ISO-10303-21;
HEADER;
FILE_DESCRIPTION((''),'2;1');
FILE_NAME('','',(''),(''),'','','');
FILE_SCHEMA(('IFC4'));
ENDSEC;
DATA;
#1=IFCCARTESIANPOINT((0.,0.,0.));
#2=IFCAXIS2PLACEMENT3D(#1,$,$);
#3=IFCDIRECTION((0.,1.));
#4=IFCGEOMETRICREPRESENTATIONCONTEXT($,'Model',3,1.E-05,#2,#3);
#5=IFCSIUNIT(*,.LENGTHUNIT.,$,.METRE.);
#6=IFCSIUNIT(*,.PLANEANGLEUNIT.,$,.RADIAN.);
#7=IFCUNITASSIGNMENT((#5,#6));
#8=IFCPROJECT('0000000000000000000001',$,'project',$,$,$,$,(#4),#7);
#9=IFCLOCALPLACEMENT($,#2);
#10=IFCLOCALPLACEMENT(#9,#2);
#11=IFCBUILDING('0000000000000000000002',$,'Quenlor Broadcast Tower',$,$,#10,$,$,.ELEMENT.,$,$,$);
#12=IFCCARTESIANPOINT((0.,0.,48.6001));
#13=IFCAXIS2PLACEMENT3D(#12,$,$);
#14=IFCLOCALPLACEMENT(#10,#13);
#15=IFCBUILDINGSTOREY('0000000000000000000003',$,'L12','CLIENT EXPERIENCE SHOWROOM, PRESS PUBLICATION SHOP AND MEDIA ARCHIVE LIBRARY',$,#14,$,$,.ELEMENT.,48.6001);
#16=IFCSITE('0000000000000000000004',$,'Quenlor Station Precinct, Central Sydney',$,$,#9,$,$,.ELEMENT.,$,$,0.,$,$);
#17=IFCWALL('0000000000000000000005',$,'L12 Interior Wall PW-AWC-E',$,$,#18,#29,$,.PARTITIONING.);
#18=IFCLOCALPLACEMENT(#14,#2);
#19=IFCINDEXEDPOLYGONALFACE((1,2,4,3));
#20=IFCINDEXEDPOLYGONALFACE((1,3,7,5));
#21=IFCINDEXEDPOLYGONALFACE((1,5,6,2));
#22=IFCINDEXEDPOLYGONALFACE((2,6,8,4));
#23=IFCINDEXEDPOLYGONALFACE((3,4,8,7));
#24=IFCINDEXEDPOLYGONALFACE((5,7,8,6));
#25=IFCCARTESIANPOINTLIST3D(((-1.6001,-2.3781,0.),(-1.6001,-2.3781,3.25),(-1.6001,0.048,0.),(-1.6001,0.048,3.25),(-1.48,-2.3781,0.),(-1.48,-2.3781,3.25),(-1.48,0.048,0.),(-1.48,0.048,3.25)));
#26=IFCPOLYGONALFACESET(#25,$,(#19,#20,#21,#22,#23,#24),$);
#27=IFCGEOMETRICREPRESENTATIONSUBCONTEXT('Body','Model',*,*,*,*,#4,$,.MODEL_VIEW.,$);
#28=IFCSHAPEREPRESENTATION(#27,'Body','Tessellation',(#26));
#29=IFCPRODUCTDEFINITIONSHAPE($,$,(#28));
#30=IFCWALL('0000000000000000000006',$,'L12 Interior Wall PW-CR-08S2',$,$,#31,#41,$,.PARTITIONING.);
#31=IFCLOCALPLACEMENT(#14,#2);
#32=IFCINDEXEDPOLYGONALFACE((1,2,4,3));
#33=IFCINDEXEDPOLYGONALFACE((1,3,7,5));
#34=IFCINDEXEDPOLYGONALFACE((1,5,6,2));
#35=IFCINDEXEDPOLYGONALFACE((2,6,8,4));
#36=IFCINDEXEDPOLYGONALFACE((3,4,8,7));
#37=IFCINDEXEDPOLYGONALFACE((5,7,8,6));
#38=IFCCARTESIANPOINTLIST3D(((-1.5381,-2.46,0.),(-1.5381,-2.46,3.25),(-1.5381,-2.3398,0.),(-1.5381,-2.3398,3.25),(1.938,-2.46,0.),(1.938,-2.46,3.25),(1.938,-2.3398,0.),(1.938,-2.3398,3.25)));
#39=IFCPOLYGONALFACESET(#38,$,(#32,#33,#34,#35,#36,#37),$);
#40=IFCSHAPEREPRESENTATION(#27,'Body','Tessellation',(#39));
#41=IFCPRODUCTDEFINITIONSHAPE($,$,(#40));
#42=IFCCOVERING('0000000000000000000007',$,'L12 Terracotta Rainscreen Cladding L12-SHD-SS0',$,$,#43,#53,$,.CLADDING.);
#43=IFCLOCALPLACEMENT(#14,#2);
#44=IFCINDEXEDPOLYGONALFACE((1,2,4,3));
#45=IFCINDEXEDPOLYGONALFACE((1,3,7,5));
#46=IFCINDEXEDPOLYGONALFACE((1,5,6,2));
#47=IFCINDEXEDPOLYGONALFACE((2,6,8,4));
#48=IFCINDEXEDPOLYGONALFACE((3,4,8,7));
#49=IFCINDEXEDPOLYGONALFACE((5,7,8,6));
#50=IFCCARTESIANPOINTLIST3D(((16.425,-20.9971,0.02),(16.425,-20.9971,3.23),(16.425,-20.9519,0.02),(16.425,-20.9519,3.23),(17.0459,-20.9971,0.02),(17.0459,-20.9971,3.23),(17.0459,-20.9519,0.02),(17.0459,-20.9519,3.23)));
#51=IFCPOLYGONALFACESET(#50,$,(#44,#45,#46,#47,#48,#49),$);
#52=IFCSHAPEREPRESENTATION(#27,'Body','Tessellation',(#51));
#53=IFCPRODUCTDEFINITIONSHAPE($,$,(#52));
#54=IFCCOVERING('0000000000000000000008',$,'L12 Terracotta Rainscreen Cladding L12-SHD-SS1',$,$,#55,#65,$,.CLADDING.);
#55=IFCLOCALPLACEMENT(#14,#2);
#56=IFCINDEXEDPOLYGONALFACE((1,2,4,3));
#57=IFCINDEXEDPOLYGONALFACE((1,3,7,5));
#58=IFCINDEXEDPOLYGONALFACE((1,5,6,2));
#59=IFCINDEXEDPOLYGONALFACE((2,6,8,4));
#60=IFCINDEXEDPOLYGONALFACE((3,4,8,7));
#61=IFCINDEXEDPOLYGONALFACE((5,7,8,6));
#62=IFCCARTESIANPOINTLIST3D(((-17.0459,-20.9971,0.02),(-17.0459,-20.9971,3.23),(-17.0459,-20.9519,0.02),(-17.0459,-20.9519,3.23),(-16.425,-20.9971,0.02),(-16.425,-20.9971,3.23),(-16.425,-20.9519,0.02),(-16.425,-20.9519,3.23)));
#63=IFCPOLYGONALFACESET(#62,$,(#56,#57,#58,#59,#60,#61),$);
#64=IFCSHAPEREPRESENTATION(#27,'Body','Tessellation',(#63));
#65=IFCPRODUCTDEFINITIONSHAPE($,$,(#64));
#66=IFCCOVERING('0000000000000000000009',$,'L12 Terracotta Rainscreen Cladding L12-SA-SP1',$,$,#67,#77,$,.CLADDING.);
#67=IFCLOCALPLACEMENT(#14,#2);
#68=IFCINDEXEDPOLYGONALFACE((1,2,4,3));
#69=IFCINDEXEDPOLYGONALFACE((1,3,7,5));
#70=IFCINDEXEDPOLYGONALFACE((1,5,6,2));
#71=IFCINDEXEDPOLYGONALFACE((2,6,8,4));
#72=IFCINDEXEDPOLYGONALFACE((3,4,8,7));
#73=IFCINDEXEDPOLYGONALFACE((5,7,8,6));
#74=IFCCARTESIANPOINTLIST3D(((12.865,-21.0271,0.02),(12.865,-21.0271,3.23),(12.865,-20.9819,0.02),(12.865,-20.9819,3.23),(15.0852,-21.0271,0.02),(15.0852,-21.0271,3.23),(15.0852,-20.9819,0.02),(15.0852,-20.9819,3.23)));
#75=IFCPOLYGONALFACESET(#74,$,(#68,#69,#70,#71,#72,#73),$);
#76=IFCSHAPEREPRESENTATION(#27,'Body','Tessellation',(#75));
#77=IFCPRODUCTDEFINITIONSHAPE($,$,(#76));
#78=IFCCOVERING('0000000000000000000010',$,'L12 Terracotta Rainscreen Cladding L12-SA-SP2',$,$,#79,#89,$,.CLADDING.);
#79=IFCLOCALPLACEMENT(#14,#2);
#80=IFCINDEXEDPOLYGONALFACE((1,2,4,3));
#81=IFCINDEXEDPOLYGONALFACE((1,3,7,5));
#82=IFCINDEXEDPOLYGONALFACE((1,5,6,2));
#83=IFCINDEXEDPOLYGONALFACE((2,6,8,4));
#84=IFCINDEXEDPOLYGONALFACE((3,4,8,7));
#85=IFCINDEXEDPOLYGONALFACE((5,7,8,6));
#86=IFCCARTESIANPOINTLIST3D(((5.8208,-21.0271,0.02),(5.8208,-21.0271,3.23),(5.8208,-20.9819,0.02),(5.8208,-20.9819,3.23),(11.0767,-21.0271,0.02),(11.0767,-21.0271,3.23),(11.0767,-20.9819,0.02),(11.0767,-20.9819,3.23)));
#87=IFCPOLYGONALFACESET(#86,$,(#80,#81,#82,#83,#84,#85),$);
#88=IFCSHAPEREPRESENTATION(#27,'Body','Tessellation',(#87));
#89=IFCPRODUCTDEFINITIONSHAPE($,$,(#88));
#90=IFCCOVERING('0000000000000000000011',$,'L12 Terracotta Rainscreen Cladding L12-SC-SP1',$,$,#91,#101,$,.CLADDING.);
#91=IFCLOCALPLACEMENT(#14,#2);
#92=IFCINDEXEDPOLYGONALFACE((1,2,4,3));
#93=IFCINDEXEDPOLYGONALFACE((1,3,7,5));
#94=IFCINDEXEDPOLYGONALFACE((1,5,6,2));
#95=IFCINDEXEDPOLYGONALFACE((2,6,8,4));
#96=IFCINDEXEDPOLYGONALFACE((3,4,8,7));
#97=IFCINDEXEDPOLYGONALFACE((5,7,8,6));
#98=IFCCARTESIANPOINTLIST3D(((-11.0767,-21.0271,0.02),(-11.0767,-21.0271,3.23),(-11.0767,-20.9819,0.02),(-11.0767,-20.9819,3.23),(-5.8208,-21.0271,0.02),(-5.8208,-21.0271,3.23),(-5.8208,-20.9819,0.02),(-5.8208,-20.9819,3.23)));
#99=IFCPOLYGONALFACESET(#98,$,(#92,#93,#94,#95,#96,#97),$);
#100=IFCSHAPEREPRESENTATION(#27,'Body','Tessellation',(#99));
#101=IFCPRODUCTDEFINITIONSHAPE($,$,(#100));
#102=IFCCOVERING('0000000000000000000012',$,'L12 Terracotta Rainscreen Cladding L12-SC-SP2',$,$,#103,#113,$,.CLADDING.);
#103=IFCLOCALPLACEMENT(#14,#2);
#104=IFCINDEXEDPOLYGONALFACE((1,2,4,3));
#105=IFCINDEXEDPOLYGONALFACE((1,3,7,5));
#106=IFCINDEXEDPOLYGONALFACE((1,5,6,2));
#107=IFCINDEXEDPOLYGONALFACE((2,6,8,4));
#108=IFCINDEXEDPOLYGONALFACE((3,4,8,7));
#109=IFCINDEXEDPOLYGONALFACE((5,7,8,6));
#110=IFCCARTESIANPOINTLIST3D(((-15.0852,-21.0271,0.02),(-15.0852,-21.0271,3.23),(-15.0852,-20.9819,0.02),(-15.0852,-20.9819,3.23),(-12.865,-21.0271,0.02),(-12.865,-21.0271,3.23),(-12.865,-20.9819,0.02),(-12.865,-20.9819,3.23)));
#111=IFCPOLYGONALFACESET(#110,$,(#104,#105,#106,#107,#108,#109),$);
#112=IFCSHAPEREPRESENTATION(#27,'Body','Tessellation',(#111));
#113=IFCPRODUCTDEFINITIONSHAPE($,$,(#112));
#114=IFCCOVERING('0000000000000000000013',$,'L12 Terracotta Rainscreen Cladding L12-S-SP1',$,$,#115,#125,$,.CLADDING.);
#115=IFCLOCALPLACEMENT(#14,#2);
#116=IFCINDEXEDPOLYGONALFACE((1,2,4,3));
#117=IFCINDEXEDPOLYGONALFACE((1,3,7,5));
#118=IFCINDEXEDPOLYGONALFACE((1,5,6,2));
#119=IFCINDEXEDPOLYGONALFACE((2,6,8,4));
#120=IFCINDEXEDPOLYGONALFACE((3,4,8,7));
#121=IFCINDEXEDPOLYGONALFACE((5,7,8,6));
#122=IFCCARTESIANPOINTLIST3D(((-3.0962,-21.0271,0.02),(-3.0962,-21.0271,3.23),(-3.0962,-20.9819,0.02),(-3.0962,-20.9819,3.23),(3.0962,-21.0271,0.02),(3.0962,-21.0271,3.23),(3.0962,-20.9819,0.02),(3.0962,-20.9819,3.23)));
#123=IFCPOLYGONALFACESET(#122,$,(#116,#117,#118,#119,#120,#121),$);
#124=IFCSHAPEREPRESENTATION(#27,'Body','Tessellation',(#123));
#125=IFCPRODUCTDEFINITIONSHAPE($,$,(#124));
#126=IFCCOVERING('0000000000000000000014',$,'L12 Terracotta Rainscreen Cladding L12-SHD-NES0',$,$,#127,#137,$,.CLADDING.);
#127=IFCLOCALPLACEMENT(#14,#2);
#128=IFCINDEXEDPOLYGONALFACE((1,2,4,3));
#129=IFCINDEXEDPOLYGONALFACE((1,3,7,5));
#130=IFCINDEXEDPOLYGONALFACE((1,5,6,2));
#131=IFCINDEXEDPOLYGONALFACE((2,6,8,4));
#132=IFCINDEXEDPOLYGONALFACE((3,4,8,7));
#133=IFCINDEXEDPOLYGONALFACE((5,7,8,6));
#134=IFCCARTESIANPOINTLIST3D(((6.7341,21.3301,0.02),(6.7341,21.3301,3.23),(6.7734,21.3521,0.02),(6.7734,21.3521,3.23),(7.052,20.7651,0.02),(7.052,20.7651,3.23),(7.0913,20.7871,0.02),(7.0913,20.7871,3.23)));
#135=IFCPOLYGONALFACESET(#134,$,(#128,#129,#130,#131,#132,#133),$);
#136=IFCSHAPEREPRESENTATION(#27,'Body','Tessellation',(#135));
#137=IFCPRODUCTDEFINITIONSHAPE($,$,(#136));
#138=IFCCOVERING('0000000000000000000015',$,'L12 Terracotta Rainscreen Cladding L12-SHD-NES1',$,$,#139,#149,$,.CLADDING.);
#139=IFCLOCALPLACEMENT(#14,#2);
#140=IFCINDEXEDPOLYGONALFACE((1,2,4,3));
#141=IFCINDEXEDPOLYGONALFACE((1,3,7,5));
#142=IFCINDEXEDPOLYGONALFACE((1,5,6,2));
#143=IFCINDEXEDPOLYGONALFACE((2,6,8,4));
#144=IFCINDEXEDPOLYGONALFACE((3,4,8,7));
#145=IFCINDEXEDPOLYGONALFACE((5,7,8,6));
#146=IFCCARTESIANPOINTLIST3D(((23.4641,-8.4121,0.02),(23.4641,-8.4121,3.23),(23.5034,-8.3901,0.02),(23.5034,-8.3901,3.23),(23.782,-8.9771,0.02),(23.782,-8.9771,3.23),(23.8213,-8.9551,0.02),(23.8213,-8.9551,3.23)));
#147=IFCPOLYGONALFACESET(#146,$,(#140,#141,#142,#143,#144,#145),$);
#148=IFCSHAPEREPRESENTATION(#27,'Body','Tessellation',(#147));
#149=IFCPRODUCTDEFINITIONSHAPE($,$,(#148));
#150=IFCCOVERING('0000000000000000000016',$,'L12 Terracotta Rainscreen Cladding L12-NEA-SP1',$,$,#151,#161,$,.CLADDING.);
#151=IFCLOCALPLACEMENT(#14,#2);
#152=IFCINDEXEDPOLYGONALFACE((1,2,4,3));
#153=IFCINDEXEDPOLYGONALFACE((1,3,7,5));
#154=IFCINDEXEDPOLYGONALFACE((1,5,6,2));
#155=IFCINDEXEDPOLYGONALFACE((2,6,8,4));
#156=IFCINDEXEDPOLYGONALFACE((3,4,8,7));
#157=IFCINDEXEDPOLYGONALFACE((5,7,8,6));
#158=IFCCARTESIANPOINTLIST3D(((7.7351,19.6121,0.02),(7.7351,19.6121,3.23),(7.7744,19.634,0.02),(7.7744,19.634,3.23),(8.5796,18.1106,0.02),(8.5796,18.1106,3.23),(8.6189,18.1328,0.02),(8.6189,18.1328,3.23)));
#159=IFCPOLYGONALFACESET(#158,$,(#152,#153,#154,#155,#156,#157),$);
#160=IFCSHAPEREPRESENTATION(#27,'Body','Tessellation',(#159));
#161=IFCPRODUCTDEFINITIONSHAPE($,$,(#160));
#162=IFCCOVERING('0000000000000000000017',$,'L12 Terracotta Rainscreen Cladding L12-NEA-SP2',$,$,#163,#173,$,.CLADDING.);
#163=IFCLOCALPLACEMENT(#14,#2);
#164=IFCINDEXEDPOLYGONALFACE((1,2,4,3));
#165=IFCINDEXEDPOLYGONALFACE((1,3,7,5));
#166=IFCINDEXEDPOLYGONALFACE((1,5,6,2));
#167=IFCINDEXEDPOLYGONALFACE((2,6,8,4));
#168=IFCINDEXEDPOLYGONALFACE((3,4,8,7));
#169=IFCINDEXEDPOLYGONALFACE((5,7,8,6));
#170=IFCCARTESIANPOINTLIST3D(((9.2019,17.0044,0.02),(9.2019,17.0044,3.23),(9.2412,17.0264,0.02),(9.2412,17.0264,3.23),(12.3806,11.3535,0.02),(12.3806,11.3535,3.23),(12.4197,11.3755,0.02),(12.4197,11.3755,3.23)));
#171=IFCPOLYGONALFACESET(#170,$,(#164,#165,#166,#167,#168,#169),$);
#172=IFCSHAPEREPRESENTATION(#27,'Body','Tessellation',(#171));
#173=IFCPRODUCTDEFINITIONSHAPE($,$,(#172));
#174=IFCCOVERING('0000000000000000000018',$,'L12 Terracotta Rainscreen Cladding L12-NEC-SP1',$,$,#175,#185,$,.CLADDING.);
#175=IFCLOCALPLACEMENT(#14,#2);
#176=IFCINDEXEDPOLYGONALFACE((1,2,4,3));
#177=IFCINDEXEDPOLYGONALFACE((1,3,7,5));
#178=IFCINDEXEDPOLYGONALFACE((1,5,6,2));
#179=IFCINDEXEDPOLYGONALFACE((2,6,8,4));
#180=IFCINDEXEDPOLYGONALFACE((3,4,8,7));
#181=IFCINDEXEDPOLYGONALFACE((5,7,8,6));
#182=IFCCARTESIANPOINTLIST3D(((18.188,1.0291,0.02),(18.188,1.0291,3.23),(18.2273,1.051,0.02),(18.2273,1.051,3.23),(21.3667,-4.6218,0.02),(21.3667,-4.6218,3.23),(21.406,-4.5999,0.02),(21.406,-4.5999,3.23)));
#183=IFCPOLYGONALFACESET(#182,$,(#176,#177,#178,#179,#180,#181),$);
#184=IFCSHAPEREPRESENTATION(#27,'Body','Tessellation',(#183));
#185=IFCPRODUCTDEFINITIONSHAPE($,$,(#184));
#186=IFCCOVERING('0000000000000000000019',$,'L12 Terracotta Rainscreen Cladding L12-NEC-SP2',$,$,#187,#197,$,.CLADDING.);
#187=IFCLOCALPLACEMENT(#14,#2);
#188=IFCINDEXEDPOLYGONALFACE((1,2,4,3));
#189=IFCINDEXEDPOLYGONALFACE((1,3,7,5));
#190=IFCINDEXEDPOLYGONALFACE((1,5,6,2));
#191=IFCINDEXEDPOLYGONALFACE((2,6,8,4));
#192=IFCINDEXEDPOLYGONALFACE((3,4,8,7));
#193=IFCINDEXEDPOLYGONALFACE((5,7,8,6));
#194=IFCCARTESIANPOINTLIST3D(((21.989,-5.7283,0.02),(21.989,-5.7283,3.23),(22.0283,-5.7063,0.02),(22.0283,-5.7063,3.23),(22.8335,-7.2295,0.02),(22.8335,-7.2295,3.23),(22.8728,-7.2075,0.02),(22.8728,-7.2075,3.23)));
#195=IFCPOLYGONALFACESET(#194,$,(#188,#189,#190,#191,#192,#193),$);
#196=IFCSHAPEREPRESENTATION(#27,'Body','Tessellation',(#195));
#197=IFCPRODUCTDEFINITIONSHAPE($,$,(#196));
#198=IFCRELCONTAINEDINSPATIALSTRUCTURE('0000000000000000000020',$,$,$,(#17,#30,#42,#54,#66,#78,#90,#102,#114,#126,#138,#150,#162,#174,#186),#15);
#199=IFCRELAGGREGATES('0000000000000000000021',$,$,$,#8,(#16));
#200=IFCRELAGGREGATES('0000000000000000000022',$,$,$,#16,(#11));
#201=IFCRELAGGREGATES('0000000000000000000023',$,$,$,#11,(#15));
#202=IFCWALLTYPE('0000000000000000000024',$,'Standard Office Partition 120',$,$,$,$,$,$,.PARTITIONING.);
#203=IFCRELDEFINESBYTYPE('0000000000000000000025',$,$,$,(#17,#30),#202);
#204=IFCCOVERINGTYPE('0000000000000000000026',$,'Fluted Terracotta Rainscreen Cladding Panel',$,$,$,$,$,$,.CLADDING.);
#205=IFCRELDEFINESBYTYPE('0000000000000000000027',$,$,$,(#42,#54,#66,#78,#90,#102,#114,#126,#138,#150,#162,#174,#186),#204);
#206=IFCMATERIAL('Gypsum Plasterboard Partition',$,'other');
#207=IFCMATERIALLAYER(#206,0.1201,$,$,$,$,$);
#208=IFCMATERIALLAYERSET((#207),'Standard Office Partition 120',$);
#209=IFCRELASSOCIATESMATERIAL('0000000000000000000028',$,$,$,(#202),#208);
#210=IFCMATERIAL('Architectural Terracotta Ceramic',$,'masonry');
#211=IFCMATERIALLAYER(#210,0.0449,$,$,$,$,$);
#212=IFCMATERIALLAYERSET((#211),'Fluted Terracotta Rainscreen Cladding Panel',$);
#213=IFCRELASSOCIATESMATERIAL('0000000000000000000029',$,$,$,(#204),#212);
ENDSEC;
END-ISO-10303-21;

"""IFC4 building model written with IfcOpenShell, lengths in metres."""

from ifc_helpers import new_model, si_unit, direction, frame, frame_2d, origin, place, context, subcontext, project, spatial, polyline, rectangle, outline, extrude, material, layer, layer_set, type_object, element, save


model = new_model("IFC4")

# Units and contexts
model_context = context("Model", 3, precision=1e-05, world=origin(), true_north=direction((0.0, 1.0)))
body_context = subcontext(model_context, "Body", "Model", "MODEL_VIEW")
ifc_project = project(units=[si_unit("LENGTHUNIT", "METRE"), si_unit("PLANEANGLEUNIT", "RADIAN")], contexts=[model_context])

# Site, building, storey
site_placement = place(None, origin())
site = spatial("IfcSite", under=ifc_project, at=site_placement, Name="Quenlor Station Precinct, Central Sydney", CompositionType="ELEMENT", RefElevation=0.0)
building_placement = place(site_placement, origin())
building = spatial("IfcBuilding", under=site, at=building_placement, Name="Quenlor Broadcast Tower", CompositionType="ELEMENT")
storey_placement = place(building_placement, frame((0.0, 0.0, 48.6001)))
storey = spatial("IfcBuildingStorey", under=building, at=storey_placement, Name="L12", Description="CLIENT EXPERIENCE SHOWROOM, PRESS PUBLICATION SHOP AND MEDIA ARCHIVE LIBRARY", CompositionType="ELEMENT", Elevation=48.6001)

# Walls
ifc_material_1 = material(Name="Gypsum Plasterboard Partition", Category="other")
ifc_layer_1 = layer(ifc_material_1, 0.1201)
ifc_layer_set_1 = layer_set([ifc_layer_1], Name="Standard Office Partition 120")
wall_type = type_object("IfcWallType", Name="Standard Office Partition 120", PredefinedType="PARTITIONING", material=ifc_layer_set_1)
wall_1_placement = place(storey_placement, frame((-1.54, -2.3779, 0.0), z_axis=(0.0, 0.0, 1.0), x_axis=(0.0, 1.0, 0.0)))
element("IfcWall", 1, at=wall_1_placement, inside=storey, type_object=wall_type, Name="L12 Interior Wall PW-AWC-E", PredefinedType="PARTITIONING", context=body_context, shape_type="SweptSolid", body=[
    extrude(rectangle(XDim=2.426, YDim=0.1201, at=frame_2d((1.2129, 0.0))), origin(), (0.0, 0.0, 1.0), 3.25),
])
wall_2_placement = place(storey_placement, frame((-1.5381, -2.3999, 0.0), z_axis=(0.0, 0.0, 1.0), x_axis=(1.0, 0.0, 0.0)))
element("IfcWall", 2, at=wall_2_placement, inside=storey, type_object=wall_type, Name="L12 Interior Wall PW-CR-08S2", PredefinedType="PARTITIONING", context=body_context, shape_type="SweptSolid", body=[
    extrude(rectangle(XDim=3.4761, YDim=0.1201, at=frame_2d((1.738, 0.0))), origin(), (0.0, 0.0, 1.0), 3.25),
])

# Coverings
ifc_material_2 = material(Name="Architectural Terracotta Ceramic", Category="masonry")
ifc_layer_2 = layer(ifc_material_2, 0.0449)
ifc_layer_set_2 = layer_set([ifc_layer_2], Name="Fluted Terracotta Rainscreen Cladding Panel")
covering_type = type_object("IfcCoveringType", Name="Fluted Terracotta Rainscreen Cladding Panel", PredefinedType="CLADDING", material=ifc_layer_set_2)
covering_1_placement = place(storey_placement, frame((0.0, 0.0, 0.02)))
element("IfcCovering", 3, at=covering_1_placement, inside=storey, type_object=covering_type, Name="L12 Terracotta Rainscreen Cladding L12-SHD-SS0", PredefinedType="CLADDING", context=body_context, shape_type="SweptSolid", body=[
    extrude(outline(polyline([(17.0459, -20.9519), (16.425, -20.9519), (16.425, -20.9971), (17.0459, -20.9971), (17.0459, -20.9519)])), origin(), (0.0, 0.0, 1.0), 3.21),
])
covering_2_placement = place(storey_placement, frame((0.0, 0.0, 0.02)))
element("IfcCovering", 4, at=covering_2_placement, inside=storey, type_object=covering_type, Name="L12 Terracotta Rainscreen Cladding L12-SHD-SS1", PredefinedType="CLADDING", context=body_context, shape_type="SweptSolid", body=[
    extrude(outline(polyline([(-16.425, -20.9519), (-17.0459, -20.9519), (-17.0459, -20.9971), (-16.425, -20.9971), (-16.425, -20.9519)])), origin(), (0.0, 0.0, 1.0), 3.21),
])
covering_3_placement = place(storey_placement, frame((0.0, 0.0, 0.02)))
element("IfcCovering", 5, at=covering_3_placement, inside=storey, type_object=covering_type, Name="L12 Terracotta Rainscreen Cladding L12-SA-SP1", PredefinedType="CLADDING", context=body_context, shape_type="SweptSolid", body=[
    extrude(outline(polyline([(15.0852, -20.9819), (12.865, -20.9819), (12.865, -21.0271), (15.0852, -21.0271), (15.0852, -20.9819)])), origin(), (0.0, 0.0, 1.0), 3.21),
])
covering_4_placement = place(storey_placement, frame((0.0, 0.0, 0.02)))
element("IfcCovering", 6, at=covering_4_placement, inside=storey, type_object=covering_type, Name="L12 Terracotta Rainscreen Cladding L12-SA-SP2", PredefinedType="CLADDING", context=body_context, shape_type="SweptSolid", body=[
    extrude(outline(polyline([(11.0767, -20.9819), (5.8208, -20.9819), (5.8208, -21.0271), (11.0767, -21.0271), (11.0767, -20.9819)])), origin(), (0.0, 0.0, 1.0), 3.21),
])
covering_5_placement = place(storey_placement, frame((0.0, 0.0, 0.02)))
element("IfcCovering", 7, at=covering_5_placement, inside=storey, type_object=covering_type, Name="L12 Terracotta Rainscreen Cladding L12-SC-SP1", PredefinedType="CLADDING", context=body_context, shape_type="SweptSolid", body=[
    extrude(outline(polyline([(-5.8208, -20.9819), (-11.0767, -20.9819), (-11.0767, -21.0271), (-5.8208, -21.0271), (-5.8208, -20.9819)])), origin(), (0.0, 0.0, 1.0), 3.21),
])
covering_6_placement = place(storey_placement, frame((0.0, 0.0, 0.02)))
element("IfcCovering", 8, at=covering_6_placement, inside=storey, type_object=covering_type, Name="L12 Terracotta Rainscreen Cladding L12-SC-SP2", PredefinedType="CLADDING", context=body_context, shape_type="SweptSolid", body=[
    extrude(outline(polyline([(-12.865, -20.9819), (-15.0852, -20.9819), (-15.0852, -21.0271), (-12.865, -21.0271), (-12.865, -20.9819)])), origin(), (0.0, 0.0, 1.0), 3.21),
])
covering_7_placement = place(storey_placement, frame((0.0, 0.0, 0.02)))
element("IfcCovering", 9, at=covering_7_placement, inside=storey, type_object=covering_type, Name="L12 Terracotta Rainscreen Cladding L12-S-SP1", PredefinedType="CLADDING", context=body_context, shape_type="SweptSolid", body=[
    extrude(outline(polyline([(3.0962, -20.9819), (-3.0962, -20.9819), (-3.0962, -21.0271), (3.0962, -21.0271), (3.0962, -20.9819)])), origin(), (0.0, 0.0, 1.0), 3.21),
])
covering_8_placement = place(storey_placement, frame((0.0, 0.0, 0.02)))
element("IfcCovering", 10, at=covering_8_placement, inside=storey, type_object=covering_type, Name="L12 Terracotta Rainscreen Cladding L12-SHD-NES0", PredefinedType="CLADDING", context=body_context, shape_type="SweptSolid", body=[
    extrude(outline(polyline([(6.7341, 21.3301), (7.052, 20.7651), (7.0913, 20.7871), (6.7734, 21.3521), (6.7341, 21.3301)])), origin(), (0.0, 0.0, 1.0), 3.21),
])
covering_9_placement = place(storey_placement, frame((0.0, 0.0, 0.02)))
element("IfcCovering", 11, at=covering_9_placement, inside=storey, type_object=covering_type, Name="L12 Terracotta Rainscreen Cladding L12-SHD-NES1", PredefinedType="CLADDING", context=body_context, shape_type="SweptSolid", body=[
    extrude(outline(polyline([(23.4641, -8.4121), (23.782, -8.9771), (23.8213, -8.9551), (23.5034, -8.3901), (23.4641, -8.4121)])), origin(), (0.0, 0.0, 1.0), 3.21),
])
covering_10_placement = place(storey_placement, frame((0.0, 0.0, 0.02)))
element("IfcCovering", 12, at=covering_10_placement, inside=storey, type_object=covering_type, Name="L12 Terracotta Rainscreen Cladding L12-NEA-SP1", PredefinedType="CLADDING", context=body_context, shape_type="SweptSolid", body=[
    extrude(outline(polyline([(7.7351, 19.6121), (8.5796, 18.1106), (8.6189, 18.1328), (7.7744, 19.634), (7.7351, 19.6121)])), origin(), (0.0, 0.0, 1.0), 3.21),
])
covering_11_placement = place(storey_placement, frame((0.0, 0.0, 0.02)))
element("IfcCovering", 13, at=covering_11_placement, inside=storey, type_object=covering_type, Name="L12 Terracotta Rainscreen Cladding L12-NEA-SP2", PredefinedType="CLADDING", context=body_context, shape_type="SweptSolid", body=[
    extrude(outline(polyline([(9.2019, 17.0044), (12.3806, 11.3535), (12.4197, 11.3755), (9.2412, 17.0264), (9.2019, 17.0044)])), origin(), (0.0, 0.0, 1.0), 3.21),
])
covering_12_placement = place(storey_placement, frame((0.0, 0.0, 0.02)))
element("IfcCovering", 14, at=covering_12_placement, inside=storey, type_object=covering_type, Name="L12 Terracotta Rainscreen Cladding L12-NEC-SP1", PredefinedType="CLADDING", context=body_context, shape_type="SweptSolid", body=[
    extrude(outline(polyline([(18.188, 1.0291), (21.3667, -4.6218), (21.406, -4.5999), (18.2273, 1.051), (18.188, 1.0291)])), origin(), (0.0, 0.0, 1.0), 3.21),
])
covering_13_placement = place(storey_placement, frame((0.0, 0.0, 0.02)))
element("IfcCovering", 15, at=covering_13_placement, inside=storey, type_object=covering_type, Name="L12 Terracotta Rainscreen Cladding L12-NEC-SP2", PredefinedType="CLADDING", context=body_context, shape_type="SweptSolid", body=[
    extrude(outline(polyline([(21.989, -5.7283), (22.8335, -7.2295), (22.8728, -7.2075), (22.0283, -5.7063), (21.989, -5.7283)])), origin(), (0.0, 0.0, 1.0), 3.21),
])

save(model, "model.ifc")
